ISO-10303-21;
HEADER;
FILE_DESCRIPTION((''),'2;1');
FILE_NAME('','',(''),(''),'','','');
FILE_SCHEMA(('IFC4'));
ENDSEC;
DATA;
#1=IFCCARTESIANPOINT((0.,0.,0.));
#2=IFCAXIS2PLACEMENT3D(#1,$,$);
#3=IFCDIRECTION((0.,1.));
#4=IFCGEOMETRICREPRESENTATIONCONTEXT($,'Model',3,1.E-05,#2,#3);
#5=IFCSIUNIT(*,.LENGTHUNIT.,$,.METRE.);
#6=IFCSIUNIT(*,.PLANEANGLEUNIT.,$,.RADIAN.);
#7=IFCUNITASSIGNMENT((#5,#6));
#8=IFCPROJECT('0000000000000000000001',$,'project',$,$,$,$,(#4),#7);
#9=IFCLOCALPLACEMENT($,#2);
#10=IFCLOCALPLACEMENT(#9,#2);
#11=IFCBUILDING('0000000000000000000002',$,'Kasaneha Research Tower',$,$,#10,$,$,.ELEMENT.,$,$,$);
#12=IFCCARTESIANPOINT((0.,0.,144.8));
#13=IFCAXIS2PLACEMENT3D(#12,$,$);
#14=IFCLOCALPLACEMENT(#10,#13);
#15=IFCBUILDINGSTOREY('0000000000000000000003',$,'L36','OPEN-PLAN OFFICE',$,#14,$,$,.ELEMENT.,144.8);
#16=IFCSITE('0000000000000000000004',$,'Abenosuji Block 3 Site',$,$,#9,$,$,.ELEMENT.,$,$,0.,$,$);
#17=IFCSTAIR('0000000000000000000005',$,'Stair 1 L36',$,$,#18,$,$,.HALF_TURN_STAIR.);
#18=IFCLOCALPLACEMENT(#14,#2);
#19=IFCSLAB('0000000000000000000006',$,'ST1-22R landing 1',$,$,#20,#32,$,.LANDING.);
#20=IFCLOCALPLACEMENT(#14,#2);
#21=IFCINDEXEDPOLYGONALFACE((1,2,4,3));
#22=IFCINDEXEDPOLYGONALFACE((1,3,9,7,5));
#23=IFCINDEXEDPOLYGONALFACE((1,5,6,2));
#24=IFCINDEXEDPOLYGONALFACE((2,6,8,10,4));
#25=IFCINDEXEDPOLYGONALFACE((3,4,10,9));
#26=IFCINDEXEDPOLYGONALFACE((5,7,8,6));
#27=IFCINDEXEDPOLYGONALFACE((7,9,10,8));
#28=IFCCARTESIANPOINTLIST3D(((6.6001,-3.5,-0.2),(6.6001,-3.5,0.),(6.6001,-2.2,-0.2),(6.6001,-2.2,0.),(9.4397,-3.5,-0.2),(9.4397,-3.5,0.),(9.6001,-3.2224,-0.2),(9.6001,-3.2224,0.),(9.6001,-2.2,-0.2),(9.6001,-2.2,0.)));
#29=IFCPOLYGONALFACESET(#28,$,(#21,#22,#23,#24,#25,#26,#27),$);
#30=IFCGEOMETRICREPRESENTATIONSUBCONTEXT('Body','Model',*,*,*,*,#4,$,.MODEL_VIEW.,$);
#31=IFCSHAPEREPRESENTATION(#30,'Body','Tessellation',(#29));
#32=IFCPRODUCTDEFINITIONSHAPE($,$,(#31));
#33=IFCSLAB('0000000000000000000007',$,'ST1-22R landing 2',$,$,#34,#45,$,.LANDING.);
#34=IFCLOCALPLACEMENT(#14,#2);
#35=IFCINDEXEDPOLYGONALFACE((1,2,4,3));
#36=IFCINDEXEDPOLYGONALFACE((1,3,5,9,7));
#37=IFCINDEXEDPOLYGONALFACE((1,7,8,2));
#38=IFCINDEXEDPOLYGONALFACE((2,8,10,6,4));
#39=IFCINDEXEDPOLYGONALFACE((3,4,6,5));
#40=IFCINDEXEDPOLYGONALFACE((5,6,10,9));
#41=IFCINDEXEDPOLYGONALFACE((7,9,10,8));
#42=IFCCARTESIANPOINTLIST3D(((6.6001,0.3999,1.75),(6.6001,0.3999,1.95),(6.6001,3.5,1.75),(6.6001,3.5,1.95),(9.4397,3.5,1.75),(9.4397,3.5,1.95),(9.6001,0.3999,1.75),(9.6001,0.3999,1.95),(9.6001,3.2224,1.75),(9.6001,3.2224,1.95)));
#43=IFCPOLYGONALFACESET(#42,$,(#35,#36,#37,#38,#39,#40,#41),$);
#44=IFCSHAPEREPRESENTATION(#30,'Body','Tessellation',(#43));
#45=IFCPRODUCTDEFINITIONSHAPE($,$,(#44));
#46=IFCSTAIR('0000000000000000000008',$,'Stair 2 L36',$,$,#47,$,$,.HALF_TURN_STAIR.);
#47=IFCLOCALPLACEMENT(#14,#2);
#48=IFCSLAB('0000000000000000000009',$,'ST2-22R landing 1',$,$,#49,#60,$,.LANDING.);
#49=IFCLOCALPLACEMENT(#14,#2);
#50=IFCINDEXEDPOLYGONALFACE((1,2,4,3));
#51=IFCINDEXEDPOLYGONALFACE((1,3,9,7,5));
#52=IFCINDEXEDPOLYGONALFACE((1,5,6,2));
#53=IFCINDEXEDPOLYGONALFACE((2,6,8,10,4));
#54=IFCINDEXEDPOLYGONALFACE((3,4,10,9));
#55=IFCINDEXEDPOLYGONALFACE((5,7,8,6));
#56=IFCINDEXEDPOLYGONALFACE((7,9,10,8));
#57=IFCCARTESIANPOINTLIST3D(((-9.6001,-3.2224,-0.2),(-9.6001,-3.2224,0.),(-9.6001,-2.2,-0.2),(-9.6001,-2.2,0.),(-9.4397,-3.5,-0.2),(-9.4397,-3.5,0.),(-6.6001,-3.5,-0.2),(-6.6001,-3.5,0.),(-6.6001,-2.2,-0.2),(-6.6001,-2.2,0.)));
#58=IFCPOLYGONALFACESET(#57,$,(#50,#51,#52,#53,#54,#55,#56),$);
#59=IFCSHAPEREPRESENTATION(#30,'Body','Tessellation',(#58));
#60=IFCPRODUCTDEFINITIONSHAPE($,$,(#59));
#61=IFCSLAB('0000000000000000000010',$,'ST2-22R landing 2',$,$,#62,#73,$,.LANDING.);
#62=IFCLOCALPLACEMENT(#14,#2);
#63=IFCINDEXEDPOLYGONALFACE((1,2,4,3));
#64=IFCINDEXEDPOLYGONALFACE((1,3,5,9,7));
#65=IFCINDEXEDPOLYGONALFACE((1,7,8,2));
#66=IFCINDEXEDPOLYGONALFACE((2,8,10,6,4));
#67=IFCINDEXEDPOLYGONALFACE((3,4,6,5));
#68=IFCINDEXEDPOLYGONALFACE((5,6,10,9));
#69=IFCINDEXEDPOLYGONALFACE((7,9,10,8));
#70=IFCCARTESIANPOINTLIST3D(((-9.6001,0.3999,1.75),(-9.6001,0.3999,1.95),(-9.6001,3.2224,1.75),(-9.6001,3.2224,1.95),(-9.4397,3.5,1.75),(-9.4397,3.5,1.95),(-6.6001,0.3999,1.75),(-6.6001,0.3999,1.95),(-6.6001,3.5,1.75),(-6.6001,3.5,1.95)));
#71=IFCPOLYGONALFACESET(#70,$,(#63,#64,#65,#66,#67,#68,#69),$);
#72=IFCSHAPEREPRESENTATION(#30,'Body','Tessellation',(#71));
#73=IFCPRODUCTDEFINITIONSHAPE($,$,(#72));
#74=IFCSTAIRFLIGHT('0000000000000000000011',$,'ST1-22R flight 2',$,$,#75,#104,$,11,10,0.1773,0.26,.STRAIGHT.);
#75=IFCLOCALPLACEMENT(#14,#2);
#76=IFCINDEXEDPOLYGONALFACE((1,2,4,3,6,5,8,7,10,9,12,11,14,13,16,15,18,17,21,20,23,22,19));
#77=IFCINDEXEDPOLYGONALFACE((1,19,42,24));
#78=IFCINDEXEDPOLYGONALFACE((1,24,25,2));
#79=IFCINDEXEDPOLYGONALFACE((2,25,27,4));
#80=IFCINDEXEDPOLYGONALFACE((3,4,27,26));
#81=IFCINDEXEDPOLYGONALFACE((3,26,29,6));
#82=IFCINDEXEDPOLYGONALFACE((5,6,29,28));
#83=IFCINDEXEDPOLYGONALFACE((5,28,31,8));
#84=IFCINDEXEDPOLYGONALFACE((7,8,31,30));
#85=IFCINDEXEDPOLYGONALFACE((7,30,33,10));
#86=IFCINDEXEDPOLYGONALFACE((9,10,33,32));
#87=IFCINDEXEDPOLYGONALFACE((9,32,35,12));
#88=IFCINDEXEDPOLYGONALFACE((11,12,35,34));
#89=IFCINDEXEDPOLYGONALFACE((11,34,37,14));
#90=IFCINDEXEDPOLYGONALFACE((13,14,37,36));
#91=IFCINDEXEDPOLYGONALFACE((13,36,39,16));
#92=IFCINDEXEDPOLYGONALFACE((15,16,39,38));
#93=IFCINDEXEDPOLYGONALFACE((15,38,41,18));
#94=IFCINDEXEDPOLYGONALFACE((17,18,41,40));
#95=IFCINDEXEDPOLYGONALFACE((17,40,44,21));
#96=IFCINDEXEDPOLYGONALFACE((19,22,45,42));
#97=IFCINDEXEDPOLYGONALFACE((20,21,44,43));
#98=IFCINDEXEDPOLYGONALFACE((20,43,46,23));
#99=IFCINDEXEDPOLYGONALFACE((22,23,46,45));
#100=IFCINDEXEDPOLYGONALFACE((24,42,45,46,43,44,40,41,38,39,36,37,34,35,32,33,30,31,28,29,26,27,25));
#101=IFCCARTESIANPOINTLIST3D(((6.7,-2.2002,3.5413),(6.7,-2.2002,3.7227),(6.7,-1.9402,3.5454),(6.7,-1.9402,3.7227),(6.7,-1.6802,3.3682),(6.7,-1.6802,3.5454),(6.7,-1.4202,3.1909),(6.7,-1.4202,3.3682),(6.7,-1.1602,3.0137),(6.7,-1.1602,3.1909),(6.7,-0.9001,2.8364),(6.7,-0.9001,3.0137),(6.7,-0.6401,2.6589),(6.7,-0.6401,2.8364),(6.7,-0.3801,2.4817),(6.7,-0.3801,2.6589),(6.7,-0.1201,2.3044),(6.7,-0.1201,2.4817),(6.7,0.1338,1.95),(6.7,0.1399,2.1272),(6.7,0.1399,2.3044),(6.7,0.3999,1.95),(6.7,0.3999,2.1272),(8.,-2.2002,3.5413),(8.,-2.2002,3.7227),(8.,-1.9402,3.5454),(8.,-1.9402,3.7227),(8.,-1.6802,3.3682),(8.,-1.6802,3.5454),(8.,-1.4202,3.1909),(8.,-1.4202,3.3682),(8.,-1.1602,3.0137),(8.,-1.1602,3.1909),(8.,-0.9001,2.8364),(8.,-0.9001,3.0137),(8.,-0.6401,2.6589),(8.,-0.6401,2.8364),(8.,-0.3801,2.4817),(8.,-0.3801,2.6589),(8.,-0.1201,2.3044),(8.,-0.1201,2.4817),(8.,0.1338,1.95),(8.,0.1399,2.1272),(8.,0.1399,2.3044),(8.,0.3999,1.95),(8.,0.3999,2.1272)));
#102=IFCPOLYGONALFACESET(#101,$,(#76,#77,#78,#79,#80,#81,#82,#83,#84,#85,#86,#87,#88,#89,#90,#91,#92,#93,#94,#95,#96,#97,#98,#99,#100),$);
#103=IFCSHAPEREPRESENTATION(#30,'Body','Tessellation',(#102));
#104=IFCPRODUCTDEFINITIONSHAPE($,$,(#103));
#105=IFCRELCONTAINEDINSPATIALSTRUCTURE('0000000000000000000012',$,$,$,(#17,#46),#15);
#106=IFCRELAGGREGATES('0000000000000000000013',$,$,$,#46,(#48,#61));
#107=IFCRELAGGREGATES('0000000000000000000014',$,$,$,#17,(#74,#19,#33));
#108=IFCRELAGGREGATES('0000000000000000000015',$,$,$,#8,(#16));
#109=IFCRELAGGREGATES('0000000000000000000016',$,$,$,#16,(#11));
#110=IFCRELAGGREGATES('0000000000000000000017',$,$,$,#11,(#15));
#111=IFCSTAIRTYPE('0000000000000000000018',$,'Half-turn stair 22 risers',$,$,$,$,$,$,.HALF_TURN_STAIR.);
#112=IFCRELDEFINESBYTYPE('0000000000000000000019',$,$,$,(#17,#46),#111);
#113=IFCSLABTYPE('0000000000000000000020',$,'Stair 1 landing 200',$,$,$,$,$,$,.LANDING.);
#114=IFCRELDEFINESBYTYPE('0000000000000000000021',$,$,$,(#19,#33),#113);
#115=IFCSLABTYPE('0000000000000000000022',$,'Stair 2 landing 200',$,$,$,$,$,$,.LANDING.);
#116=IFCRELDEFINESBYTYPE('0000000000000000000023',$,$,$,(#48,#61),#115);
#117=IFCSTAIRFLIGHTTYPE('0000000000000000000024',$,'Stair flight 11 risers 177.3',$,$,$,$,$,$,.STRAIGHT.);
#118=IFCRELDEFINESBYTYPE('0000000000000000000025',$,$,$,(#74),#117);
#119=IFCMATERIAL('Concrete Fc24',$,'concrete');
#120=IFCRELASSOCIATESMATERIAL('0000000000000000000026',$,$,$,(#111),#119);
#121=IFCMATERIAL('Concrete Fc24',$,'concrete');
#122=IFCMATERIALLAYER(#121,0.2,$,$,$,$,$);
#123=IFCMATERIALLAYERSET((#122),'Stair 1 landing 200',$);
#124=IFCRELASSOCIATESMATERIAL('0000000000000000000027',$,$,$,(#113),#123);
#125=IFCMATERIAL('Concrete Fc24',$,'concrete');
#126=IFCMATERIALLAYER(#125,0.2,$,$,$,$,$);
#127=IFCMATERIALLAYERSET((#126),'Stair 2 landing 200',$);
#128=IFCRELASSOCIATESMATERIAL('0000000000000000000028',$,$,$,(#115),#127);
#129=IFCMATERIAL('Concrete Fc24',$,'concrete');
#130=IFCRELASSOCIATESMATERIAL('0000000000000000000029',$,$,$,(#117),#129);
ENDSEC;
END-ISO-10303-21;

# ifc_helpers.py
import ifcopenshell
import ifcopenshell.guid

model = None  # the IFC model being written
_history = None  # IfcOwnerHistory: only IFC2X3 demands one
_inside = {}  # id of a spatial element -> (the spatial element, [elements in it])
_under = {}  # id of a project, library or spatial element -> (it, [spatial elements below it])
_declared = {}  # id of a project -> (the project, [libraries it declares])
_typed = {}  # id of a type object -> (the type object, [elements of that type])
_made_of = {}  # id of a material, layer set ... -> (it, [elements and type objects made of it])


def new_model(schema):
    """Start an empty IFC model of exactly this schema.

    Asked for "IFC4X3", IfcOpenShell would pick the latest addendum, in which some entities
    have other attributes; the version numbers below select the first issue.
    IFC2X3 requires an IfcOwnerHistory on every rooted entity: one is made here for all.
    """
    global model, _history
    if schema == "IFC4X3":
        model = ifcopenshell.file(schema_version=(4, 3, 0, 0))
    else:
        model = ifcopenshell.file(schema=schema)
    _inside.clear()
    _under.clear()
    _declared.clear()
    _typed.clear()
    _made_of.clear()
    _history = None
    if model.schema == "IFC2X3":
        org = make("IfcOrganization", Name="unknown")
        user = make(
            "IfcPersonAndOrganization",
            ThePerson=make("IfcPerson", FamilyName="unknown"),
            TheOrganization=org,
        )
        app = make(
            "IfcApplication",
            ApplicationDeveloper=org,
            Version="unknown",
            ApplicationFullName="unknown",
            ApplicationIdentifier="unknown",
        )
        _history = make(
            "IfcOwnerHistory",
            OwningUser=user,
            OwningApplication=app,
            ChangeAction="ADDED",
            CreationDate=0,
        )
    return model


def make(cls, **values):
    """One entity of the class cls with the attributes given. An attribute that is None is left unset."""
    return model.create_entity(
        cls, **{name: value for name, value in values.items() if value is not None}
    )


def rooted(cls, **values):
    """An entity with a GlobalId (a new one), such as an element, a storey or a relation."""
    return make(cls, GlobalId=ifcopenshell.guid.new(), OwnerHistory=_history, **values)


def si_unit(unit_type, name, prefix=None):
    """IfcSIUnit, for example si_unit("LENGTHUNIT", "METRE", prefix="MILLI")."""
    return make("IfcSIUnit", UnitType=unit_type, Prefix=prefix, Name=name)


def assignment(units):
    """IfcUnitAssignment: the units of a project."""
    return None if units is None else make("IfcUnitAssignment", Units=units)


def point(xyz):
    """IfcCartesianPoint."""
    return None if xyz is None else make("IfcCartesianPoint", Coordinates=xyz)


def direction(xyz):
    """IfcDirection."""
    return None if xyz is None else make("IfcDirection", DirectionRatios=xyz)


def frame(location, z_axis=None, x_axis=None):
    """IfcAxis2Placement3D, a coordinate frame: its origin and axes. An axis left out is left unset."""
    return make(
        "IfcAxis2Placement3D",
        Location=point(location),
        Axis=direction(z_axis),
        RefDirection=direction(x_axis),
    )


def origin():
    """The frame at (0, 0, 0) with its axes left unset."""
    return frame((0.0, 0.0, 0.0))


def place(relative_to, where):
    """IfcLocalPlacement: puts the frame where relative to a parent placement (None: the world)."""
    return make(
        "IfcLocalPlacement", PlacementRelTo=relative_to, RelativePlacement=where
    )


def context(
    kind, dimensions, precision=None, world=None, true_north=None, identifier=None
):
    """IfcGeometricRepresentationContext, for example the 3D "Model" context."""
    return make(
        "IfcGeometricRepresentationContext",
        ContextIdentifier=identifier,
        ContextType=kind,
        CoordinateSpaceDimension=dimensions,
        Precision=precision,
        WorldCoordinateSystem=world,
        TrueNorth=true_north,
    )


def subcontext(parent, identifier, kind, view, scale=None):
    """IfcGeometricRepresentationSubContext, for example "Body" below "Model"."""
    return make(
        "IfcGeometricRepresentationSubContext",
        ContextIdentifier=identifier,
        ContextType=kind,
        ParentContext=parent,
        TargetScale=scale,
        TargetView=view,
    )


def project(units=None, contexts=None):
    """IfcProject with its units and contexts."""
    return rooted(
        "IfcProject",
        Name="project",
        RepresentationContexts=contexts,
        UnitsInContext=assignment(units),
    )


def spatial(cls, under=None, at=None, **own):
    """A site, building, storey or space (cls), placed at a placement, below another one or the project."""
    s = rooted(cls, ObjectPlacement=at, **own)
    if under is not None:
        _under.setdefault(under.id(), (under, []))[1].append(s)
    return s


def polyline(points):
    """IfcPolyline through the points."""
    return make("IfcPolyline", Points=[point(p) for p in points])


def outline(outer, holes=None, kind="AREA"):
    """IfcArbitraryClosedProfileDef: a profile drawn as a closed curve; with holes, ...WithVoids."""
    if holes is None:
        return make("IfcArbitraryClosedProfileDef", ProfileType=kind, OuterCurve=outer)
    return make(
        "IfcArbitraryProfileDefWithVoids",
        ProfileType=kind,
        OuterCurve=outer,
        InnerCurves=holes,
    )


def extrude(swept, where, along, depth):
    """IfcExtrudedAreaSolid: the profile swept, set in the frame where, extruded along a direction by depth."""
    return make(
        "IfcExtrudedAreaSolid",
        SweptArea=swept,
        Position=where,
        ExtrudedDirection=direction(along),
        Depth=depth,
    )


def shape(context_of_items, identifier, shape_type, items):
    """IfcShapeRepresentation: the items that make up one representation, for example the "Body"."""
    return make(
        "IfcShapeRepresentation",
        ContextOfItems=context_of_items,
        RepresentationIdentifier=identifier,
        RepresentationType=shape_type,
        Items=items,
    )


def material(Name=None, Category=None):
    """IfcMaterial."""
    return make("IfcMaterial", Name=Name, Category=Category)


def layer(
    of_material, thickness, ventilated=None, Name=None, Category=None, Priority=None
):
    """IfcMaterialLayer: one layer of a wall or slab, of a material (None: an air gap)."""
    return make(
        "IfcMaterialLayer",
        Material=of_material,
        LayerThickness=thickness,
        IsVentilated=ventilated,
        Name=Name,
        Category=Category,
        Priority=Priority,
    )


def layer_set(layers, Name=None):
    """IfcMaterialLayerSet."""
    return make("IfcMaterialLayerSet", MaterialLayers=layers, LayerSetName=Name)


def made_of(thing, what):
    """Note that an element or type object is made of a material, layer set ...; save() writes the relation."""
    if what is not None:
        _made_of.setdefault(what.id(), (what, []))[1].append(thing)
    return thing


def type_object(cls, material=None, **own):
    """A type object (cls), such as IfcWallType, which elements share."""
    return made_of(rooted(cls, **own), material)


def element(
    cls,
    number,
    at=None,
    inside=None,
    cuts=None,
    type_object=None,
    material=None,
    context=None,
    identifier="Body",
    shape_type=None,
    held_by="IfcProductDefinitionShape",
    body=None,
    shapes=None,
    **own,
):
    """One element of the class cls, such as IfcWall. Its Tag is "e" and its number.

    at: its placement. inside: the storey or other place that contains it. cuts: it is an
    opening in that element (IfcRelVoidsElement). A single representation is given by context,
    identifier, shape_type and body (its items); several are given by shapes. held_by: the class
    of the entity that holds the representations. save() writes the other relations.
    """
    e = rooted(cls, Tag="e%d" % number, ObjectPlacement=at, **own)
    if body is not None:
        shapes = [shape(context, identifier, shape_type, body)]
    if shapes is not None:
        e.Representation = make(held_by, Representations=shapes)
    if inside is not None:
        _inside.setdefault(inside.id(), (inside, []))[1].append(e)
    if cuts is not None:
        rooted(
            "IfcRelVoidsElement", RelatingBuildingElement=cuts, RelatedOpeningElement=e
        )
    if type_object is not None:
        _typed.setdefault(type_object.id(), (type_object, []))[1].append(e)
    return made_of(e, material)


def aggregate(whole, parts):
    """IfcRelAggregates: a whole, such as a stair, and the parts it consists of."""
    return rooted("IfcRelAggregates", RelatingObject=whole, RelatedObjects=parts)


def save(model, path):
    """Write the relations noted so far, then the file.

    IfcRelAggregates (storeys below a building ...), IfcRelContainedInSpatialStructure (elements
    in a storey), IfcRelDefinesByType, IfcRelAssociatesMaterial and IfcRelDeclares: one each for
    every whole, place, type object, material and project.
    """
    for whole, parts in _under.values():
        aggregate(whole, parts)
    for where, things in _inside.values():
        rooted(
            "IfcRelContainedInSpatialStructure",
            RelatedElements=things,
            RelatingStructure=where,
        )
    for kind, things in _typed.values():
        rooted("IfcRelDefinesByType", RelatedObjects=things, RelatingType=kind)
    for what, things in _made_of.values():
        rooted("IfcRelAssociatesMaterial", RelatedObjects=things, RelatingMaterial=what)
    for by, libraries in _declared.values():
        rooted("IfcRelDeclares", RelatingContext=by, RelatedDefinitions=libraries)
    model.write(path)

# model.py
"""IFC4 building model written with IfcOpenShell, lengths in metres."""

from ifc_helpers import new_model, si_unit, direction, frame, origin, place, context, subcontext, project, spatial, polyline, outline, extrude, material, layer, layer_set, type_object, element, aggregate, save


model = new_model("IFC4")

# Units and contexts
model_context = context("Model", 3, precision=1e-05, world=origin(), true_north=direction((0.0, 1.0)))
body_context = subcontext(model_context, "Body", "Model", "MODEL_VIEW")
ifc_project = project(units=[si_unit("LENGTHUNIT", "METRE"), si_unit("PLANEANGLEUNIT", "RADIAN")], contexts=[model_context])

# Site, building, storey
site_placement = place(None, origin())
site = spatial("IfcSite", under=ifc_project, at=site_placement, Name="Abenosuji Block 3 Site", CompositionType="ELEMENT", RefElevation=0.0)
building_placement = place(site_placement, origin())
building = spatial("IfcBuilding", under=site, at=building_placement, Name="Kasaneha Research Tower", CompositionType="ELEMENT")
storey_placement = place(building_placement, frame((0.0, 0.0, 144.8)))
storey = spatial("IfcBuildingStorey", under=building, at=storey_placement, Name="L36", Description="OPEN-PLAN OFFICE", CompositionType="ELEMENT", Elevation=144.8)

# Stairs, slabs
ifc_material_1 = material(Name="Concrete Fc24", Category="concrete")
stair_type = type_object("IfcStairType", Name="Half-turn stair 22 risers", PredefinedType="HALF_TURN_STAIR", material=ifc_material_1)
stair_1_placement = place(storey_placement, origin())
stair_1 = element("IfcStair", 1, at=stair_1_placement, inside=storey, type_object=stair_type, Name="Stair 1 L36", PredefinedType="HALF_TURN_STAIR")
ifc_material_2 = material(Name="Concrete Fc24", Category="concrete")
ifc_layer_1 = layer(ifc_material_2, 0.2)
ifc_layer_set_1 = layer_set([ifc_layer_1], Name="Stair 1 landing 200")
slab_type_1 = type_object("IfcSlabType", Name="Stair 1 landing 200", PredefinedType="LANDING", material=ifc_layer_set_1)
slab_1_placement = place(storey_placement, frame((0.0, 0.0, -0.2)))
slab_1 = element("IfcSlab", 2, at=slab_1_placement, type_object=slab_type_1, Name="ST1-22R landing 1", PredefinedType="LANDING", context=body_context, shape_type="SweptSolid", body=[
    extrude(outline(polyline([(9.4397, -3.5), (6.6001, -3.5), (6.6001, -2.2), (9.6001, -2.2), (9.6001, -3.2224), (9.4397, -3.5)])), origin(), (0.0, 0.0, 1.0), 0.2),
])
slab_2_placement = place(storey_placement, frame((0.0, 0.0, 1.75)))
slab_2 = element("IfcSlab", 3, at=slab_2_placement, type_object=slab_type_1, Name="ST1-22R landing 2", PredefinedType="LANDING", context=body_context, shape_type="SweptSolid", body=[
    extrude(outline(polyline([(6.6001, 3.5), (9.4397, 3.5), (9.6001, 3.2224), (9.6001, 0.3999), (6.6001, 0.3999), (6.6001, 3.5)])), origin(), (0.0, 0.0, 1.0), 0.2),
])
stair_2_placement = place(storey_placement, origin())
stair_2 = element("IfcStair", 4, at=stair_2_placement, inside=storey, type_object=stair_type, Name="Stair 2 L36", PredefinedType="HALF_TURN_STAIR")
ifc_material_3 = material(Name="Concrete Fc24", Category="concrete")
ifc_layer_2 = layer(ifc_material_3, 0.2)
ifc_layer_set_2 = layer_set([ifc_layer_2], Name="Stair 2 landing 200")
slab_type_2 = type_object("IfcSlabType", Name="Stair 2 landing 200", PredefinedType="LANDING", material=ifc_layer_set_2)
slab_3_placement = place(storey_placement, frame((0.0, 0.0, -0.2)))
slab_3 = element("IfcSlab", 5, at=slab_3_placement, type_object=slab_type_2, Name="ST2-22R landing 1", PredefinedType="LANDING", context=body_context, shape_type="SweptSolid", body=[
    extrude(outline(polyline([(-6.6001, -3.5), (-9.4397, -3.5), (-9.6001, -3.2224), (-9.6001, -2.2), (-6.6001, -2.2), (-6.6001, -3.5)])), origin(), (0.0, 0.0, 1.0), 0.2),
])
slab_4_placement = place(storey_placement, frame((0.0, 0.0, 1.75)))
slab_4 = element("IfcSlab", 6, at=slab_4_placement, type_object=slab_type_2, Name="ST2-22R landing 2", PredefinedType="LANDING", context=body_context, shape_type="SweptSolid", body=[
    extrude(outline(polyline([(-6.6001, 0.3999), (-9.6001, 0.3999), (-9.6001, 3.2224), (-9.4397, 3.5), (-6.6001, 3.5), (-6.6001, 0.3999)])), origin(), (0.0, 0.0, 1.0), 0.2),
])
aggregate(stair_2, [slab_3, slab_4])

# Stair flight
ifc_material_4 = material(Name="Concrete Fc24", Category="concrete")
stair_flight_type = type_object("IfcStairFlightType", Name="Stair flight 11 risers 177.3", PredefinedType="STRAIGHT", material=ifc_material_4)
stair_flight_placement = place(storey_placement, frame((7.3501, 0.3999, 1.95), z_axis=(0.0, 0.0, 1.0), x_axis=(0.0, -1.0, 0.0)))
stair_flight = element("IfcStairFlight", 7, at=stair_flight_placement, type_object=stair_flight_type, Name="ST1-22R flight 2", NumberOfRisers=11, NumberOfTreads=10, PredefinedType="STRAIGHT", RiserHeight=0.1773, TreadLength=0.26, context=body_context, shape_type="SweptSolid", body=[
    extrude(outline(polyline([(0.0, 0.0), (0.0, 0.1772), (0.26, 0.1772), (0.26, 0.3545), (0.52, 0.3545), (0.52, 0.5317), (0.78, 0.5317), (0.78, 0.709), (1.04, 0.709), (1.04, 0.8865), (1.3, 0.8865), (1.3, 1.0637), (1.5601, 1.0637), (1.5601, 1.241), (1.8201, 1.241), (1.8201, 1.4182), (2.0801, 1.4182), (2.0801, 1.5955), (2.3401, 1.5955), (2.3401, 1.7727), (2.6001, 1.7727), (2.6001, 1.95), (2.6001, 1.5913), (0.2661, 0.0), (0.0, 0.0)])), frame((0.0, 0.6499, 0.0), z_axis=(0.0, -1.0, 0.0), x_axis=(1.0, 0.0, 0.0)), (0.0, 0.0, 1.0), 1.3),
])
aggregate(stair_1, [stair_flight, slab_1, slab_2])

save(model, "model.ifc")
